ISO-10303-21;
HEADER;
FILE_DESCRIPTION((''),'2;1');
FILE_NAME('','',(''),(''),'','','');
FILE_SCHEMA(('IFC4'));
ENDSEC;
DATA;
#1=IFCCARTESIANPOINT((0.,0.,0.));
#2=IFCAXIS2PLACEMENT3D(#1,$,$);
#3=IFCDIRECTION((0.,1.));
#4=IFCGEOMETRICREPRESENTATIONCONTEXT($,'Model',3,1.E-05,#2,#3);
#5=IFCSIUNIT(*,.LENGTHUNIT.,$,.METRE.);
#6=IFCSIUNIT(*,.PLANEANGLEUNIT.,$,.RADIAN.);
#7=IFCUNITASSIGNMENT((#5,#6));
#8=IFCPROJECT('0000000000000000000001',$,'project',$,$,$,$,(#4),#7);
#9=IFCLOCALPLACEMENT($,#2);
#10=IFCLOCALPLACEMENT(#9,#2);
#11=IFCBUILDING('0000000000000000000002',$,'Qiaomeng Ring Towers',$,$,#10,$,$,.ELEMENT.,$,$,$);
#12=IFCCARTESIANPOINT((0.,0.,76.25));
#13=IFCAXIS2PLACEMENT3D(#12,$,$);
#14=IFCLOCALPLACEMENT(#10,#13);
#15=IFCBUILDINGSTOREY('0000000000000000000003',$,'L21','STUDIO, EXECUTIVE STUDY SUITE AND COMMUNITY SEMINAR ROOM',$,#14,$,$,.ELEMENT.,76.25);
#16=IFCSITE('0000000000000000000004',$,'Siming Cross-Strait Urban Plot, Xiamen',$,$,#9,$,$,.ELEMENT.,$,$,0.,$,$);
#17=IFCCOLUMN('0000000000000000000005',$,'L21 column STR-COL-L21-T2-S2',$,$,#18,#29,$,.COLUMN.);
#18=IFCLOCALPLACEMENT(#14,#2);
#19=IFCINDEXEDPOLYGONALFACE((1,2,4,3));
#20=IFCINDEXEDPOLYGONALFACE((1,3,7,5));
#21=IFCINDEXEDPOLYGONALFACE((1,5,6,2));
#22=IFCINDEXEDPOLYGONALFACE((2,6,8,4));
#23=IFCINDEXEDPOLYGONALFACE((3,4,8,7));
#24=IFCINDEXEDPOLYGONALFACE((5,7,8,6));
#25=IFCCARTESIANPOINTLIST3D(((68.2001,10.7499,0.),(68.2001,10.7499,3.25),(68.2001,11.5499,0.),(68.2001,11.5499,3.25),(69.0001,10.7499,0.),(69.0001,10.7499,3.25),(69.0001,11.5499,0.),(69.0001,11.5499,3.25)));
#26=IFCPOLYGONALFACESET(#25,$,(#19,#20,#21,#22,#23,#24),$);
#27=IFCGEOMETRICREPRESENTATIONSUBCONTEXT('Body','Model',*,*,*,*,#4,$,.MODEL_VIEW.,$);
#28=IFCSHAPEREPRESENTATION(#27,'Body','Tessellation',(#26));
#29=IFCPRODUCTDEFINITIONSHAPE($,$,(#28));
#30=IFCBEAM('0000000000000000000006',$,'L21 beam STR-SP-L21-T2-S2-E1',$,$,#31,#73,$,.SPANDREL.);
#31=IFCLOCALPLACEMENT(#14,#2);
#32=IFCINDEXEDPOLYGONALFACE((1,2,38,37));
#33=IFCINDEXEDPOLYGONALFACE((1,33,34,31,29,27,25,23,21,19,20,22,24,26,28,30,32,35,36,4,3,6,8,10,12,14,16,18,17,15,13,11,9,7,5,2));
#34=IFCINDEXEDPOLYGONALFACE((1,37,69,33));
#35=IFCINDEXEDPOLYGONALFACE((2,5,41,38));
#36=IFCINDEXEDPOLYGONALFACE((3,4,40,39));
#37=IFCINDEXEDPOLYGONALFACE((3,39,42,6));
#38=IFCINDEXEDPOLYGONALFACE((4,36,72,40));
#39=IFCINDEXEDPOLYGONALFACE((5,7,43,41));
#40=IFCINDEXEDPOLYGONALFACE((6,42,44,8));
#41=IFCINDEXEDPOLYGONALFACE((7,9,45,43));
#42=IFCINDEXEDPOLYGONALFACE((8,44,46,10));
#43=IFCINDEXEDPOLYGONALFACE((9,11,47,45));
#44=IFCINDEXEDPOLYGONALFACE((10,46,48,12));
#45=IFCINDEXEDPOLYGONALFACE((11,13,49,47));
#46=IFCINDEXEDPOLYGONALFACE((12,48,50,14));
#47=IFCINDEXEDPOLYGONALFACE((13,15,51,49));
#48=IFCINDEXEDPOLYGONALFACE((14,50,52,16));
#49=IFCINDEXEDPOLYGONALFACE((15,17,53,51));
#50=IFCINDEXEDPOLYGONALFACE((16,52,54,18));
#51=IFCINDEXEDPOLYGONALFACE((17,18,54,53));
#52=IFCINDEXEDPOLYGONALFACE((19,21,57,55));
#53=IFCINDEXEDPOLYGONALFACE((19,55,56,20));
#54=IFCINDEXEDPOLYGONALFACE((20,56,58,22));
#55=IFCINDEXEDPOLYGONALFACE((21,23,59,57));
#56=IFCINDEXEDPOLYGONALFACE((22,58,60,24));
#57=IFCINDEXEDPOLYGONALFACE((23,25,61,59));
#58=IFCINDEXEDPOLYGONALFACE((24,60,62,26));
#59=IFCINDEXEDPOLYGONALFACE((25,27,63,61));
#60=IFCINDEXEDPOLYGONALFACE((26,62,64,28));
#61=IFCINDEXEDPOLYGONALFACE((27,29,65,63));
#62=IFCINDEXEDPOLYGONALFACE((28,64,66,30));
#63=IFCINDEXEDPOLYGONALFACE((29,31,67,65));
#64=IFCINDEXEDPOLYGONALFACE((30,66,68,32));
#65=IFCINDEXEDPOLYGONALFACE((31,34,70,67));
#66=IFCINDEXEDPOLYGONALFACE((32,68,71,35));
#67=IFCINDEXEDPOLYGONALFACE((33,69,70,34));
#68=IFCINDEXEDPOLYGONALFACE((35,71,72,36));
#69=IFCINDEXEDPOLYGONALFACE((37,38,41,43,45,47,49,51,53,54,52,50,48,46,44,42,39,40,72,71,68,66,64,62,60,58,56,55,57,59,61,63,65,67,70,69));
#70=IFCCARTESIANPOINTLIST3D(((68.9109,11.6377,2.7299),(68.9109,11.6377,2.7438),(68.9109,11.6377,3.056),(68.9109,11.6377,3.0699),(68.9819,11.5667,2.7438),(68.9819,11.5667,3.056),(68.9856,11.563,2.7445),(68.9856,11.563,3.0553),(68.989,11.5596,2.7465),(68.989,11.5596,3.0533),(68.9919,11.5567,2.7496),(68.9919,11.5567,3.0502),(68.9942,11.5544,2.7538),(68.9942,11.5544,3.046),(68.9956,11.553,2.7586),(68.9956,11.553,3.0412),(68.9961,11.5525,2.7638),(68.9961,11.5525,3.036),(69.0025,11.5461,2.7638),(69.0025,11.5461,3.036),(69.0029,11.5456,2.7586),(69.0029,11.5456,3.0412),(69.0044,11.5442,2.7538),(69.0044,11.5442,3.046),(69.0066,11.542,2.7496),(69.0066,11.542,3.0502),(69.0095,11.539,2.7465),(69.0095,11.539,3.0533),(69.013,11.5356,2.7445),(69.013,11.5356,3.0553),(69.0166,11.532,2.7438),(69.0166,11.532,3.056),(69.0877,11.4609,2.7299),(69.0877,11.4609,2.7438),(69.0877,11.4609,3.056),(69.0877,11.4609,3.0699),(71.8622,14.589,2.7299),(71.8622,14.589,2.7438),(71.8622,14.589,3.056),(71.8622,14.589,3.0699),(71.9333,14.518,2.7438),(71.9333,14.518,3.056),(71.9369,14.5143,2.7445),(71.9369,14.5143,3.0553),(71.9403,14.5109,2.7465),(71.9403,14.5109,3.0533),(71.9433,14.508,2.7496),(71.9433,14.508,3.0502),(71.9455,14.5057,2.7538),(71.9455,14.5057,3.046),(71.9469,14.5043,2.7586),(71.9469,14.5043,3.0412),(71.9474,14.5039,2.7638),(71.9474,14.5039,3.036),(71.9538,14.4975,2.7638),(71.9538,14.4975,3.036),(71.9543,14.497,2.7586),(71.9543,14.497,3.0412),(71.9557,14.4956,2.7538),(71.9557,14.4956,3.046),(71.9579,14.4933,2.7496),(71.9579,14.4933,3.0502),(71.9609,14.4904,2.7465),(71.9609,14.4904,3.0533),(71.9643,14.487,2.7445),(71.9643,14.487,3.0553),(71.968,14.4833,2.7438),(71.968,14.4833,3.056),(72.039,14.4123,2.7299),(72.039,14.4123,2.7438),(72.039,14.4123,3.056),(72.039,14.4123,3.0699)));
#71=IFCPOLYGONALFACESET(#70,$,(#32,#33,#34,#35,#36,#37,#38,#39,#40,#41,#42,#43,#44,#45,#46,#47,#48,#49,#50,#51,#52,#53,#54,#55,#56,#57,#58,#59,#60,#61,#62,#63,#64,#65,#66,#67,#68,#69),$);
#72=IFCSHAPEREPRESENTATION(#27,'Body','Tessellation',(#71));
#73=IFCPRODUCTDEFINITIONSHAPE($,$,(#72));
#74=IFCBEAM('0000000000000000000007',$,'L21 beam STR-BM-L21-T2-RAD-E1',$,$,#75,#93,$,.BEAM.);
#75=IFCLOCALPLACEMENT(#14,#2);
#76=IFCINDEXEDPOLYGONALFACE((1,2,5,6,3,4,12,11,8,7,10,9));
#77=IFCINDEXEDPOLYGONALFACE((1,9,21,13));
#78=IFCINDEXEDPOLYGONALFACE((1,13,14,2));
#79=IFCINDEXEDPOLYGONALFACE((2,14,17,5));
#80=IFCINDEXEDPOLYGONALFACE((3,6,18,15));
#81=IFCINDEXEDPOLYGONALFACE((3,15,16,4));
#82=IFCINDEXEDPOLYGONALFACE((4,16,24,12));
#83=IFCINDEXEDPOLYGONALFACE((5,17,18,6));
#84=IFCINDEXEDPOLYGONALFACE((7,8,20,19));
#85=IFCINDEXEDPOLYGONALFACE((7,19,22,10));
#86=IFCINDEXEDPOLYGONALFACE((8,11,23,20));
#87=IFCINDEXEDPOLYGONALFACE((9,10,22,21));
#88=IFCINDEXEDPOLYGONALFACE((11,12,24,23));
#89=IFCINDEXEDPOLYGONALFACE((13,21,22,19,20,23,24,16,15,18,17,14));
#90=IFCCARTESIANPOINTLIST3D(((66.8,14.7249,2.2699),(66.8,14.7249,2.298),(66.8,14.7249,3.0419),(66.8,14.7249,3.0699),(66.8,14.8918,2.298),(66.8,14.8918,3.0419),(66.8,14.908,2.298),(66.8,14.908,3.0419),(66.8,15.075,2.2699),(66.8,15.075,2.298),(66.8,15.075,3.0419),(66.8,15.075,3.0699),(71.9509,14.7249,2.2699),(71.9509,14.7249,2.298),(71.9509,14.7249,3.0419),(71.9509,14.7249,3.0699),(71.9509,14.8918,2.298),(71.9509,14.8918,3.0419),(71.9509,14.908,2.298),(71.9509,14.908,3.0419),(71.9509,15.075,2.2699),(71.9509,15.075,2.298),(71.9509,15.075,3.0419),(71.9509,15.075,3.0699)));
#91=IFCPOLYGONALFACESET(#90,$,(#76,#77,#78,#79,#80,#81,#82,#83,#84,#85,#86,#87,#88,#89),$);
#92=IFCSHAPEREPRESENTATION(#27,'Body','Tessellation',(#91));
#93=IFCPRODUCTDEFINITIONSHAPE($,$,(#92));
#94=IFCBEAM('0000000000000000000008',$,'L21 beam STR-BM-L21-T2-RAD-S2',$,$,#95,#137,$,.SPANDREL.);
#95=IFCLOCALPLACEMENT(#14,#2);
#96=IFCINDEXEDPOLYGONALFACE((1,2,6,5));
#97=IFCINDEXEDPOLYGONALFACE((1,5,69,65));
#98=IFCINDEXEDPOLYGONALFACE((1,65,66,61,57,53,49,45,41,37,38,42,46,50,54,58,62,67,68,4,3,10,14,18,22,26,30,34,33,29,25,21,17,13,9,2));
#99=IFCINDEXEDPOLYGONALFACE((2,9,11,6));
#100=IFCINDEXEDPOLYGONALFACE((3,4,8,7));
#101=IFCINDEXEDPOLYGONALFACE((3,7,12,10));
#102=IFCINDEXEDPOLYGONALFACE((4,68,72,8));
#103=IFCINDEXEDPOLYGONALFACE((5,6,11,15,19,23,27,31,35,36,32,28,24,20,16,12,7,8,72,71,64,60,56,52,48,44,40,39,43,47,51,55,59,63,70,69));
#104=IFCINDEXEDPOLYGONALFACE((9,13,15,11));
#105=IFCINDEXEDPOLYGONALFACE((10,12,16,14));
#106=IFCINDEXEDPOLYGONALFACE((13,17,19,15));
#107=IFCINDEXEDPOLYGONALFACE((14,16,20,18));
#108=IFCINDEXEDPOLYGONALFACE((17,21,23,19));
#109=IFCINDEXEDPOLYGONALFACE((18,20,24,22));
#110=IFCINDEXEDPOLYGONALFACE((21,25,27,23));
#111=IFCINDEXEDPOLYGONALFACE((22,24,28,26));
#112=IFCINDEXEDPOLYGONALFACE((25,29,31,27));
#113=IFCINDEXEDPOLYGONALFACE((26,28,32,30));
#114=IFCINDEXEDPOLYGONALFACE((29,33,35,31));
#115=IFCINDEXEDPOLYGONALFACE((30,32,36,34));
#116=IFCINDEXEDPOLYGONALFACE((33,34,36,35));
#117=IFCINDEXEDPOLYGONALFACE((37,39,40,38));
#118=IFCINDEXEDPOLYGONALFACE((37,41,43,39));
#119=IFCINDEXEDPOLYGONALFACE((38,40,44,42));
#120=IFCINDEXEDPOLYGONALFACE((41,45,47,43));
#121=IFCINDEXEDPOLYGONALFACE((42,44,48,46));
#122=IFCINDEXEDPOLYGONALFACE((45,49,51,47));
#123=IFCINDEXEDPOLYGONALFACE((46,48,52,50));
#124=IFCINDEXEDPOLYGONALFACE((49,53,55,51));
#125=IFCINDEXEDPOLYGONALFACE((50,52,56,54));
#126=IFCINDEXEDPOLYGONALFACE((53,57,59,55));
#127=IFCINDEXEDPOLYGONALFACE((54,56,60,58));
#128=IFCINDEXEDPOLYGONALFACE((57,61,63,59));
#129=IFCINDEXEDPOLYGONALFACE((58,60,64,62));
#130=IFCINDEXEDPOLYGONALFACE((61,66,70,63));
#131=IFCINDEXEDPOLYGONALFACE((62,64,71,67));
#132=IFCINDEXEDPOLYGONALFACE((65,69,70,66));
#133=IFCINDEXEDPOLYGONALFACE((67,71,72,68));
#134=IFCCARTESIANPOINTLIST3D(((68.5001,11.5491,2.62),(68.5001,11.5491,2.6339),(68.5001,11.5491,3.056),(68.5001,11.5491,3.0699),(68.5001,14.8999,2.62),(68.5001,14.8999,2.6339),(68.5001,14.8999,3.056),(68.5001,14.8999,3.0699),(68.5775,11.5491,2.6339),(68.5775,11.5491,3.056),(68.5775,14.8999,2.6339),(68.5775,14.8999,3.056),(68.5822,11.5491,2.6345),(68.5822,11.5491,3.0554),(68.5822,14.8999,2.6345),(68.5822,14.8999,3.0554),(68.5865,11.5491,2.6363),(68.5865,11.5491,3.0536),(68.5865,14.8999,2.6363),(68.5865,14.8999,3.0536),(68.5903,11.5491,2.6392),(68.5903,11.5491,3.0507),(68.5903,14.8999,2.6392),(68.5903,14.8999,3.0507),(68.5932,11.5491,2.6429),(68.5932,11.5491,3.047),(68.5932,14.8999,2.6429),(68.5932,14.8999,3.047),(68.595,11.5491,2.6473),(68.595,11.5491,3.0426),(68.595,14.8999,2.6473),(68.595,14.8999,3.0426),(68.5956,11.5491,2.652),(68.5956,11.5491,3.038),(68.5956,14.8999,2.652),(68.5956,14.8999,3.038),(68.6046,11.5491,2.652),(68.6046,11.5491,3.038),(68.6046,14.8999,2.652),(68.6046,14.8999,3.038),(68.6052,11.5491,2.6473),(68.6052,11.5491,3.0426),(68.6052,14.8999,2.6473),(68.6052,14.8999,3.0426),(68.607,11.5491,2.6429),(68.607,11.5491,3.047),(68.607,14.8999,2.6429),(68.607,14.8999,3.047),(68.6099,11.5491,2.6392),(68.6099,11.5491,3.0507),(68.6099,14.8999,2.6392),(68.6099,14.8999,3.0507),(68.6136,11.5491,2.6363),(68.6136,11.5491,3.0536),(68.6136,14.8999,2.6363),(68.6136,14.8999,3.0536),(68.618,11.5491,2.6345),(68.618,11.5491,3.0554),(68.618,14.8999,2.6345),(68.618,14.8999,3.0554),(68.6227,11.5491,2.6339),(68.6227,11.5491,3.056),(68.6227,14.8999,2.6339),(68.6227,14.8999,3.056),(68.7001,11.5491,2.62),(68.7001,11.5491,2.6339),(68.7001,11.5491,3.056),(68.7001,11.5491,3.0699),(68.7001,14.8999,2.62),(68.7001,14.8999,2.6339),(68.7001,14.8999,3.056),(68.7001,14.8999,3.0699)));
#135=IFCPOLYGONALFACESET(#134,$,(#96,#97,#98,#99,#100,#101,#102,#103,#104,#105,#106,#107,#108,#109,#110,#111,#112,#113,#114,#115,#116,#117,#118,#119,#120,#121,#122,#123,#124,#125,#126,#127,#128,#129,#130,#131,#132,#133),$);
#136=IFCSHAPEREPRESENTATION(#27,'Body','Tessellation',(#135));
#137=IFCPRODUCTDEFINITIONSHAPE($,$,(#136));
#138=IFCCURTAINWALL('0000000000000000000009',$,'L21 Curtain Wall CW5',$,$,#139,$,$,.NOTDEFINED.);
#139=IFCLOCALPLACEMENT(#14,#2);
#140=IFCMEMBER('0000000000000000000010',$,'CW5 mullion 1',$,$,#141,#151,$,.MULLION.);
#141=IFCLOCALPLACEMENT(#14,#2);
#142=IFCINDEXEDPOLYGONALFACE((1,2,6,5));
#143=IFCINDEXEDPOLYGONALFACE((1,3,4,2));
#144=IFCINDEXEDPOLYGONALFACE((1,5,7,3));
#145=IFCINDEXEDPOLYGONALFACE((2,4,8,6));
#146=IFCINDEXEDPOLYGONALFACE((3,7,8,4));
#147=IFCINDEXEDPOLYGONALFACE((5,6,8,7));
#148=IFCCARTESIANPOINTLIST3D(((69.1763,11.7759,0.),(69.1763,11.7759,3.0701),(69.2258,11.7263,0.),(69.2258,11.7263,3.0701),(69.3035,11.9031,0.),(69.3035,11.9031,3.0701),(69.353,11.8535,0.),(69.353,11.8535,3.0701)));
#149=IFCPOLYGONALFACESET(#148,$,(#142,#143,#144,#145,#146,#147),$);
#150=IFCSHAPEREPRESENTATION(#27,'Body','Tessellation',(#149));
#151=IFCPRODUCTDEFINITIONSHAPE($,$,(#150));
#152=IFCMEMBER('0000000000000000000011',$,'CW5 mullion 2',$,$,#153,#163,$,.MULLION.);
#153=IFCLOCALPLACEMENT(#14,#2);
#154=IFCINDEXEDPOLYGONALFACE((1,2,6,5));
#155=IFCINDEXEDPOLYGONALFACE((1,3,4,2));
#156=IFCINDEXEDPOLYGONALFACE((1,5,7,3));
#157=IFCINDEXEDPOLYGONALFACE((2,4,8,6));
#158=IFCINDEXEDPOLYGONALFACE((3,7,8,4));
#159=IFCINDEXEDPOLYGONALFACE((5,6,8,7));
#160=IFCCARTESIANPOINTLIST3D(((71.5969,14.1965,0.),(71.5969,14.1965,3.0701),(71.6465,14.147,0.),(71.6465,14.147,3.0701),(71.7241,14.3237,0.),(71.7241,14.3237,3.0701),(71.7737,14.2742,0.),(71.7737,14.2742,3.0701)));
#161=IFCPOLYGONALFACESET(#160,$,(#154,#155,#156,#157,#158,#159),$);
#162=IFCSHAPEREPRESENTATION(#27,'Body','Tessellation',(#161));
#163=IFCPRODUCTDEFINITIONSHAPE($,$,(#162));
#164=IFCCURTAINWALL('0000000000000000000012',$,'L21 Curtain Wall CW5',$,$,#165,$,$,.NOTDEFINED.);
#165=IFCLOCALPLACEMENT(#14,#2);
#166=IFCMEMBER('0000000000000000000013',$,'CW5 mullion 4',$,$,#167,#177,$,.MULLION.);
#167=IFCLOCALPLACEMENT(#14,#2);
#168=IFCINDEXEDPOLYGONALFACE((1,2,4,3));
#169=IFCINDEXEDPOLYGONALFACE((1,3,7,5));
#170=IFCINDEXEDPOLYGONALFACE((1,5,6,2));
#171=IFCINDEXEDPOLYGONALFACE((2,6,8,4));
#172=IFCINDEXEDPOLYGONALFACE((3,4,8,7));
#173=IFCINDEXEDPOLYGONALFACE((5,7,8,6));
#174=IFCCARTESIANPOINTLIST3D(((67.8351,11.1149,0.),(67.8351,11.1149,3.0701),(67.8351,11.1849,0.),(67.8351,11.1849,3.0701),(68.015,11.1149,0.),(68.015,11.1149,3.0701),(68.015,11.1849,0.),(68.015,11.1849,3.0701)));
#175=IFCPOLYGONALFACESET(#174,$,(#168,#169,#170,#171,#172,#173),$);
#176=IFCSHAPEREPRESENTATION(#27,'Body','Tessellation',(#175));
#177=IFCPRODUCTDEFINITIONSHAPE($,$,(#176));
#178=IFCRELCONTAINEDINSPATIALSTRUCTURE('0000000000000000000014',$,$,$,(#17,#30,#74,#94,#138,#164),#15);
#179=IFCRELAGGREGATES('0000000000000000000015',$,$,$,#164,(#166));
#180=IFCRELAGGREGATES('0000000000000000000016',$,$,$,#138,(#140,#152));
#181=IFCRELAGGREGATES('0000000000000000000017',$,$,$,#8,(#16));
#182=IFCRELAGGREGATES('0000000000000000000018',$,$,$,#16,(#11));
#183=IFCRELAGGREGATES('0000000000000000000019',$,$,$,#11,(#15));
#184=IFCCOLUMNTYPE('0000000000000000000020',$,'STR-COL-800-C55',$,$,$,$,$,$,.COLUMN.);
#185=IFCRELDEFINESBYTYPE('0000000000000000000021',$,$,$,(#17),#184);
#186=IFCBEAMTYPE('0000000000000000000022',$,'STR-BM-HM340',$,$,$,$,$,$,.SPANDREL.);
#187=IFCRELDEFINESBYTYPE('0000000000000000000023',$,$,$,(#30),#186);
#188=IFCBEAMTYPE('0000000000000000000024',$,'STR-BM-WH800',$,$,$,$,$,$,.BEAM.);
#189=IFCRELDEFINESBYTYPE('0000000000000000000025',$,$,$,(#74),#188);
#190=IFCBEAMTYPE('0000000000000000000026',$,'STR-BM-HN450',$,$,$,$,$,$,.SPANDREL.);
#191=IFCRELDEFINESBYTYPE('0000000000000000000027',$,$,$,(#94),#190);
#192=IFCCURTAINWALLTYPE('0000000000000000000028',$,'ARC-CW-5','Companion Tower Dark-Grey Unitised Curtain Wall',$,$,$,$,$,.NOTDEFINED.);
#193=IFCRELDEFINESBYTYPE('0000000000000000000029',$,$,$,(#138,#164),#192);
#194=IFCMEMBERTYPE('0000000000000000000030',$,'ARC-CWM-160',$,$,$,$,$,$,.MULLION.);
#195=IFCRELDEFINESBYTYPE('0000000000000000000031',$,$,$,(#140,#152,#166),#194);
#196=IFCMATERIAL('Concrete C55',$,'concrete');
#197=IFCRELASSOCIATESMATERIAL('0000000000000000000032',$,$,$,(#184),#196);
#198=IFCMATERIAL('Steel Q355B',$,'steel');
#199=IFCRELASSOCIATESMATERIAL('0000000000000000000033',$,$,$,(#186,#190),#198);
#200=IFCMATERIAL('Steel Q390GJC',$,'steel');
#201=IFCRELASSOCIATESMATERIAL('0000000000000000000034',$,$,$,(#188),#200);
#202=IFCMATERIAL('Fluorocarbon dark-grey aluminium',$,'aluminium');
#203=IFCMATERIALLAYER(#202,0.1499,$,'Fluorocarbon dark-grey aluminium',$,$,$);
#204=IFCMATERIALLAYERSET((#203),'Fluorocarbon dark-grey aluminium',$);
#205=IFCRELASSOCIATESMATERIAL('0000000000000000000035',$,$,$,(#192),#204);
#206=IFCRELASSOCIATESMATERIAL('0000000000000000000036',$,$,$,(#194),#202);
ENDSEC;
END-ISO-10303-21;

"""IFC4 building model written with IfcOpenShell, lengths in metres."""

from ifc_helpers import new_model, si_unit, direction, frame, origin, origin_2d, place, context, subcontext, project, spatial, rectangle, i_section, extrude, source, transform, mapped, material, layer, layer_set, material_profile, profile_set, type_object, element, aggregate, save


model = new_model("IFC4")

# Units and contexts
model_context = context("Model", 3, precision=1e-05, world=origin(), true_north=direction((0.0, 1.0)))
body_context = subcontext(model_context, "Body", "Model", "MODEL_VIEW")
ifc_project = project(units=[si_unit("LENGTHUNIT", "METRE"), si_unit("PLANEANGLEUNIT", "RADIAN")], contexts=[model_context])

# Site, building, storey
site_placement = place(None, origin())
site = spatial("IfcSite", under=ifc_project, at=site_placement, Name="Siming Cross-Strait Urban Plot, Xiamen", CompositionType="ELEMENT", RefElevation=0.0)
building_placement = place(site_placement, origin())
building = spatial("IfcBuilding", under=site, at=building_placement, Name="Qiaomeng Ring Towers", CompositionType="ELEMENT")
storey_placement = place(building_placement, frame((0.0, 0.0, 76.25)))
storey = spatial("IfcBuildingStorey", under=building, at=storey_placement, Name="L21", Description="STUDIO, EXECUTIVE STUDY SUITE AND COMMUNITY SEMINAR ROOM", CompositionType="ELEMENT", Elevation=76.25)

# Column
ifc_material_1 = material(Name="Concrete C55", Category="concrete")
ifc_material_profile_1 = material_profile(ifc_material_1, rectangle(XDim=0.8, YDim=0.8, at=origin_2d()), Name="RC COL 800x800")
ifc_profile_set_1 = profile_set([ifc_material_profile_1], Name="Concrete C55")
column_type = type_object("IfcColumnType", Name="STR-COL-800-C55", PredefinedType="COLUMN", material=ifc_profile_set_1)
shared_shape_1 = source(origin(), body_context, "Body", "SweptSolid", [
    extrude(rectangle(XDim=0.8, YDim=0.8, at=origin_2d()), origin(), (0.0, 0.0, 1.0), 3.25),
])
column_placement = place(storey_placement, frame((68.6001, 11.1499, 0.0), z_axis=(0.0, 0.0, 1.0), x_axis=(1.0, 0.0, 0.0)))
element("IfcColumn", 1, at=column_placement, inside=storey, type_object=column_type, Name="L21 column STR-COL-L21-T2-S2", PredefinedType="COLUMN", context=body_context, shape_type="MappedRepresentation", body=[
    mapped(shared_shape_1, transform((0.0, 0.0, 0.0), x_axis=(1.0, 0.0, 0.0), y_axis=(0.0, 1.0, 0.0), z_axis=(0.0, 0.0, 1.0), scale=1.0)),
])

# Beams
ifc_material_2 = material(Name="Steel Q355B", Category="steel")
ifc_material_profile_2 = material_profile(ifc_material_2, i_section(OverallWidth=0.25, OverallDepth=0.3401, WebThickness=0.009, FlangeThickness=0.0139, FilletRadius=0.02, at=origin_2d()), Name="HM 340x250x9x14")
ifc_profile_set_2 = profile_set([ifc_material_profile_2], Name="Steel Q355B")
beam_type_1 = type_object("IfcBeamType", Name="STR-BM-HM340", PredefinedType="SPANDREL", material=ifc_profile_set_2)
shared_shape_2 = source(origin(), body_context, "Body", "SweptSolid", [
    extrude(i_section(OverallWidth=0.25, OverallDepth=0.3401, WebThickness=0.009, FlangeThickness=0.0139, FilletRadius=0.02, at=origin_2d()), origin(), (0.0, 0.0, 1.0), 4.1738),
])
beam_1_placement = place(storey_placement, frame((68.9993, 11.5493, 2.8999), z_axis=(0.707107, 0.707107, 0.0), x_axis=(-0.707107, 0.707107, 0.0)))
element("IfcBeam", 2, at=beam_1_placement, inside=storey, type_object=beam_type_1, Name="L21 beam STR-SP-L21-T2-S2-E1", PredefinedType="SPANDREL", context=body_context, shape_type="MappedRepresentation", body=[
    mapped(shared_shape_2, transform((0.0, 0.0, 0.0), x_axis=(1.0, 0.0, 0.0), y_axis=(0.0, 1.0, 0.0), z_axis=(0.0, 0.0, 1.0), scale=1.0)),
])
ifc_material_3 = material(Name="Steel Q390GJC", Category="steel")
ifc_material_profile_3 = material_profile(ifc_material_3, i_section(OverallWidth=0.3501, OverallDepth=0.8, WebThickness=0.0161, FlangeThickness=0.0281, at=origin_2d()), Name="WH 800x350x16x28")
ifc_profile_set_3 = profile_set([ifc_material_profile_3], Name="Steel Q390GJC")
beam_type_2 = type_object("IfcBeamType", Name="STR-BM-WH800", PredefinedType="BEAM", material=ifc_profile_set_3)
shared_shape_3 = source(origin(), body_context, "Body", "SweptSolid", [
    extrude(i_section(OverallWidth=0.3501, OverallDepth=0.8, WebThickness=0.0161, FlangeThickness=0.0281, at=origin_2d()), origin(), (0.0, 0.0, 1.0), 5.1509),
])
beam_2_placement = place(storey_placement, frame((66.8, 14.8999, 2.6699), z_axis=(1.0, 0.0, 0.0), x_axis=(0.0, 1.0, 0.0)))
element("IfcBeam", 3, at=beam_2_placement, inside=storey, type_object=beam_type_2, Name="L21 beam STR-BM-L21-T2-RAD-E1", PredefinedType="BEAM", context=body_context, shape_type="MappedRepresentation", body=[
    mapped(shared_shape_3, transform((0.0, 0.0, 0.0), x_axis=(1.0, 0.0, 0.0), y_axis=(0.0, 1.0, 0.0), z_axis=(0.0, 0.0, 1.0), scale=1.0)),
])
ifc_material_profile_4 = material_profile(ifc_material_2, i_section(OverallWidth=0.2, OverallDepth=0.45, WebThickness=0.009, FlangeThickness=0.0139, FilletRadius=0.0181, at=origin_2d()), Name="HN 450x200x9x14")
ifc_profile_set_4 = profile_set([ifc_material_profile_4], Name="Steel Q355B")
beam_type_3 = type_object("IfcBeamType", Name="STR-BM-HN450", PredefinedType="SPANDREL", material=ifc_profile_set_4)
shared_shape_4 = source(origin(), body_context, "Body", "SweptSolid", [
    extrude(i_section(OverallWidth=0.2, OverallDepth=0.45, WebThickness=0.009, FlangeThickness=0.0139, FilletRadius=0.0181, at=origin_2d()), origin(), (0.0, 0.0, 1.0), 3.3508),
])
beam_3_placement = place(storey_placement, frame((68.6001, 11.5491, 2.845), z_axis=(0.0, 1.0, 0.0), x_axis=(-1.0, 0.0, 0.0)))
element("IfcBeam", 4, at=beam_3_placement, inside=storey, type_object=beam_type_3, Name="L21 beam STR-BM-L21-T2-RAD-S2", PredefinedType="SPANDREL", context=body_context, shape_type="MappedRepresentation", body=[
    mapped(shared_shape_4, transform((0.0, 0.0, 0.0), x_axis=(1.0, 0.0, 0.0), y_axis=(0.0, 1.0, 0.0), z_axis=(0.0, 0.0, 1.0), scale=1.0)),
])

# Curtain wall, members
ifc_material_4 = material(Name="Fluorocarbon dark-grey aluminium", Category="aluminium")
ifc_layer_1 = layer(ifc_material_4, 0.1499, Name="Fluorocarbon dark-grey aluminium")
ifc_layer_set_1 = layer_set([ifc_layer_1], Name="Fluorocarbon dark-grey aluminium")
curtain_wall_type = type_object("IfcCurtainWallType", Name="ARC-CW-5", Description="Companion Tower Dark-Grey Unitised Curtain Wall", PredefinedType="NOTDEFINED", material=ifc_layer_set_1)
curtain_wall_1_placement = place(storey_placement, origin())
curtain_wall_1 = element("IfcCurtainWall", 5, at=curtain_wall_1_placement, inside=storey, type_object=curtain_wall_type, Name="L21 Curtain Wall CW5", PredefinedType="NOTDEFINED")
ifc_material_profile_5 = material_profile(ifc_material_4, rectangle(XDim=0.0701, YDim=0.1799, at=origin_2d()), Name="ALU MULL 70x180")
ifc_profile_set_5 = profile_set([ifc_material_profile_5], Name="Fluorocarbon dark-grey aluminium")
member_type_1 = type_object("IfcMemberType", Name="ARC-CWM-160", PredefinedType="MULLION", material=ifc_profile_set_5)
shared_shape_5 = source(origin(), body_context, "Body", "SweptSolid", [
    extrude(rectangle(XDim=0.0701, YDim=0.1799, at=origin_2d()), origin(), (0.0, 0.0, 1.0), 3.0701),
])
member_1_placement = place(storey_placement, frame((69.2646, 11.8147, 0.0), z_axis=(0.0, 0.0, 1.0), x_axis=(-0.707107, 0.707107, 0.0)))
member_1 = element("IfcMember", 6, at=member_1_placement, type_object=member_type_1, Name="CW5 mullion 1", PredefinedType="MULLION", context=body_context, shape_type="MappedRepresentation", body=[
    mapped(shared_shape_5, transform((0.0, 0.0, 0.0), x_axis=(1.0, 0.0, 0.0), y_axis=(0.0, 1.0, 0.0), z_axis=(0.0, 0.0, 1.0), scale=1.0)),
])
member_2_placement = place(storey_placement, frame((71.6853, 14.2354, 0.0), z_axis=(0.0, 0.0, 1.0), x_axis=(-0.707107, 0.707107, 0.0)))
member_2 = element("IfcMember", 7, at=member_2_placement, type_object=member_type_1, Name="CW5 mullion 2", PredefinedType="MULLION", context=body_context, shape_type="MappedRepresentation", body=[
    mapped(shared_shape_5, transform((0.0, 0.0, 0.0), x_axis=(1.0, 0.0, 0.0), y_axis=(0.0, 1.0, 0.0), z_axis=(0.0, 0.0, 1.0), scale=1.0)),
])

# Curtain wall, member
curtain_wall_2_placement = place(storey_placement, origin())
curtain_wall_2 = element("IfcCurtainWall", 8, at=curtain_wall_2_placement, inside=storey, type_object=curtain_wall_type, Name="L21 Curtain Wall CW5", PredefinedType="NOTDEFINED")
member_3_placement = place(storey_placement, frame((67.925, 11.1499, 0.0), z_axis=(0.0, 0.0, 1.0), x_axis=(0.0, 1.0, 0.0)))
member_3 = element("IfcMember", 9, at=member_3_placement, type_object=member_type_1, Name="CW5 mullion 4", PredefinedType="MULLION", context=body_context, shape_type="MappedRepresentation", body=[
    mapped(shared_shape_5, transform((0.0, 0.0, 0.0), x_axis=(1.0, 0.0, 0.0), y_axis=(0.0, 1.0, 0.0), z_axis=(0.0, 0.0, 1.0), scale=1.0)),
])
aggregate(curtain_wall_2, [member_3])

aggregate(curtain_wall_1, [member_1, member_2])

save(model, "model.ifc")
